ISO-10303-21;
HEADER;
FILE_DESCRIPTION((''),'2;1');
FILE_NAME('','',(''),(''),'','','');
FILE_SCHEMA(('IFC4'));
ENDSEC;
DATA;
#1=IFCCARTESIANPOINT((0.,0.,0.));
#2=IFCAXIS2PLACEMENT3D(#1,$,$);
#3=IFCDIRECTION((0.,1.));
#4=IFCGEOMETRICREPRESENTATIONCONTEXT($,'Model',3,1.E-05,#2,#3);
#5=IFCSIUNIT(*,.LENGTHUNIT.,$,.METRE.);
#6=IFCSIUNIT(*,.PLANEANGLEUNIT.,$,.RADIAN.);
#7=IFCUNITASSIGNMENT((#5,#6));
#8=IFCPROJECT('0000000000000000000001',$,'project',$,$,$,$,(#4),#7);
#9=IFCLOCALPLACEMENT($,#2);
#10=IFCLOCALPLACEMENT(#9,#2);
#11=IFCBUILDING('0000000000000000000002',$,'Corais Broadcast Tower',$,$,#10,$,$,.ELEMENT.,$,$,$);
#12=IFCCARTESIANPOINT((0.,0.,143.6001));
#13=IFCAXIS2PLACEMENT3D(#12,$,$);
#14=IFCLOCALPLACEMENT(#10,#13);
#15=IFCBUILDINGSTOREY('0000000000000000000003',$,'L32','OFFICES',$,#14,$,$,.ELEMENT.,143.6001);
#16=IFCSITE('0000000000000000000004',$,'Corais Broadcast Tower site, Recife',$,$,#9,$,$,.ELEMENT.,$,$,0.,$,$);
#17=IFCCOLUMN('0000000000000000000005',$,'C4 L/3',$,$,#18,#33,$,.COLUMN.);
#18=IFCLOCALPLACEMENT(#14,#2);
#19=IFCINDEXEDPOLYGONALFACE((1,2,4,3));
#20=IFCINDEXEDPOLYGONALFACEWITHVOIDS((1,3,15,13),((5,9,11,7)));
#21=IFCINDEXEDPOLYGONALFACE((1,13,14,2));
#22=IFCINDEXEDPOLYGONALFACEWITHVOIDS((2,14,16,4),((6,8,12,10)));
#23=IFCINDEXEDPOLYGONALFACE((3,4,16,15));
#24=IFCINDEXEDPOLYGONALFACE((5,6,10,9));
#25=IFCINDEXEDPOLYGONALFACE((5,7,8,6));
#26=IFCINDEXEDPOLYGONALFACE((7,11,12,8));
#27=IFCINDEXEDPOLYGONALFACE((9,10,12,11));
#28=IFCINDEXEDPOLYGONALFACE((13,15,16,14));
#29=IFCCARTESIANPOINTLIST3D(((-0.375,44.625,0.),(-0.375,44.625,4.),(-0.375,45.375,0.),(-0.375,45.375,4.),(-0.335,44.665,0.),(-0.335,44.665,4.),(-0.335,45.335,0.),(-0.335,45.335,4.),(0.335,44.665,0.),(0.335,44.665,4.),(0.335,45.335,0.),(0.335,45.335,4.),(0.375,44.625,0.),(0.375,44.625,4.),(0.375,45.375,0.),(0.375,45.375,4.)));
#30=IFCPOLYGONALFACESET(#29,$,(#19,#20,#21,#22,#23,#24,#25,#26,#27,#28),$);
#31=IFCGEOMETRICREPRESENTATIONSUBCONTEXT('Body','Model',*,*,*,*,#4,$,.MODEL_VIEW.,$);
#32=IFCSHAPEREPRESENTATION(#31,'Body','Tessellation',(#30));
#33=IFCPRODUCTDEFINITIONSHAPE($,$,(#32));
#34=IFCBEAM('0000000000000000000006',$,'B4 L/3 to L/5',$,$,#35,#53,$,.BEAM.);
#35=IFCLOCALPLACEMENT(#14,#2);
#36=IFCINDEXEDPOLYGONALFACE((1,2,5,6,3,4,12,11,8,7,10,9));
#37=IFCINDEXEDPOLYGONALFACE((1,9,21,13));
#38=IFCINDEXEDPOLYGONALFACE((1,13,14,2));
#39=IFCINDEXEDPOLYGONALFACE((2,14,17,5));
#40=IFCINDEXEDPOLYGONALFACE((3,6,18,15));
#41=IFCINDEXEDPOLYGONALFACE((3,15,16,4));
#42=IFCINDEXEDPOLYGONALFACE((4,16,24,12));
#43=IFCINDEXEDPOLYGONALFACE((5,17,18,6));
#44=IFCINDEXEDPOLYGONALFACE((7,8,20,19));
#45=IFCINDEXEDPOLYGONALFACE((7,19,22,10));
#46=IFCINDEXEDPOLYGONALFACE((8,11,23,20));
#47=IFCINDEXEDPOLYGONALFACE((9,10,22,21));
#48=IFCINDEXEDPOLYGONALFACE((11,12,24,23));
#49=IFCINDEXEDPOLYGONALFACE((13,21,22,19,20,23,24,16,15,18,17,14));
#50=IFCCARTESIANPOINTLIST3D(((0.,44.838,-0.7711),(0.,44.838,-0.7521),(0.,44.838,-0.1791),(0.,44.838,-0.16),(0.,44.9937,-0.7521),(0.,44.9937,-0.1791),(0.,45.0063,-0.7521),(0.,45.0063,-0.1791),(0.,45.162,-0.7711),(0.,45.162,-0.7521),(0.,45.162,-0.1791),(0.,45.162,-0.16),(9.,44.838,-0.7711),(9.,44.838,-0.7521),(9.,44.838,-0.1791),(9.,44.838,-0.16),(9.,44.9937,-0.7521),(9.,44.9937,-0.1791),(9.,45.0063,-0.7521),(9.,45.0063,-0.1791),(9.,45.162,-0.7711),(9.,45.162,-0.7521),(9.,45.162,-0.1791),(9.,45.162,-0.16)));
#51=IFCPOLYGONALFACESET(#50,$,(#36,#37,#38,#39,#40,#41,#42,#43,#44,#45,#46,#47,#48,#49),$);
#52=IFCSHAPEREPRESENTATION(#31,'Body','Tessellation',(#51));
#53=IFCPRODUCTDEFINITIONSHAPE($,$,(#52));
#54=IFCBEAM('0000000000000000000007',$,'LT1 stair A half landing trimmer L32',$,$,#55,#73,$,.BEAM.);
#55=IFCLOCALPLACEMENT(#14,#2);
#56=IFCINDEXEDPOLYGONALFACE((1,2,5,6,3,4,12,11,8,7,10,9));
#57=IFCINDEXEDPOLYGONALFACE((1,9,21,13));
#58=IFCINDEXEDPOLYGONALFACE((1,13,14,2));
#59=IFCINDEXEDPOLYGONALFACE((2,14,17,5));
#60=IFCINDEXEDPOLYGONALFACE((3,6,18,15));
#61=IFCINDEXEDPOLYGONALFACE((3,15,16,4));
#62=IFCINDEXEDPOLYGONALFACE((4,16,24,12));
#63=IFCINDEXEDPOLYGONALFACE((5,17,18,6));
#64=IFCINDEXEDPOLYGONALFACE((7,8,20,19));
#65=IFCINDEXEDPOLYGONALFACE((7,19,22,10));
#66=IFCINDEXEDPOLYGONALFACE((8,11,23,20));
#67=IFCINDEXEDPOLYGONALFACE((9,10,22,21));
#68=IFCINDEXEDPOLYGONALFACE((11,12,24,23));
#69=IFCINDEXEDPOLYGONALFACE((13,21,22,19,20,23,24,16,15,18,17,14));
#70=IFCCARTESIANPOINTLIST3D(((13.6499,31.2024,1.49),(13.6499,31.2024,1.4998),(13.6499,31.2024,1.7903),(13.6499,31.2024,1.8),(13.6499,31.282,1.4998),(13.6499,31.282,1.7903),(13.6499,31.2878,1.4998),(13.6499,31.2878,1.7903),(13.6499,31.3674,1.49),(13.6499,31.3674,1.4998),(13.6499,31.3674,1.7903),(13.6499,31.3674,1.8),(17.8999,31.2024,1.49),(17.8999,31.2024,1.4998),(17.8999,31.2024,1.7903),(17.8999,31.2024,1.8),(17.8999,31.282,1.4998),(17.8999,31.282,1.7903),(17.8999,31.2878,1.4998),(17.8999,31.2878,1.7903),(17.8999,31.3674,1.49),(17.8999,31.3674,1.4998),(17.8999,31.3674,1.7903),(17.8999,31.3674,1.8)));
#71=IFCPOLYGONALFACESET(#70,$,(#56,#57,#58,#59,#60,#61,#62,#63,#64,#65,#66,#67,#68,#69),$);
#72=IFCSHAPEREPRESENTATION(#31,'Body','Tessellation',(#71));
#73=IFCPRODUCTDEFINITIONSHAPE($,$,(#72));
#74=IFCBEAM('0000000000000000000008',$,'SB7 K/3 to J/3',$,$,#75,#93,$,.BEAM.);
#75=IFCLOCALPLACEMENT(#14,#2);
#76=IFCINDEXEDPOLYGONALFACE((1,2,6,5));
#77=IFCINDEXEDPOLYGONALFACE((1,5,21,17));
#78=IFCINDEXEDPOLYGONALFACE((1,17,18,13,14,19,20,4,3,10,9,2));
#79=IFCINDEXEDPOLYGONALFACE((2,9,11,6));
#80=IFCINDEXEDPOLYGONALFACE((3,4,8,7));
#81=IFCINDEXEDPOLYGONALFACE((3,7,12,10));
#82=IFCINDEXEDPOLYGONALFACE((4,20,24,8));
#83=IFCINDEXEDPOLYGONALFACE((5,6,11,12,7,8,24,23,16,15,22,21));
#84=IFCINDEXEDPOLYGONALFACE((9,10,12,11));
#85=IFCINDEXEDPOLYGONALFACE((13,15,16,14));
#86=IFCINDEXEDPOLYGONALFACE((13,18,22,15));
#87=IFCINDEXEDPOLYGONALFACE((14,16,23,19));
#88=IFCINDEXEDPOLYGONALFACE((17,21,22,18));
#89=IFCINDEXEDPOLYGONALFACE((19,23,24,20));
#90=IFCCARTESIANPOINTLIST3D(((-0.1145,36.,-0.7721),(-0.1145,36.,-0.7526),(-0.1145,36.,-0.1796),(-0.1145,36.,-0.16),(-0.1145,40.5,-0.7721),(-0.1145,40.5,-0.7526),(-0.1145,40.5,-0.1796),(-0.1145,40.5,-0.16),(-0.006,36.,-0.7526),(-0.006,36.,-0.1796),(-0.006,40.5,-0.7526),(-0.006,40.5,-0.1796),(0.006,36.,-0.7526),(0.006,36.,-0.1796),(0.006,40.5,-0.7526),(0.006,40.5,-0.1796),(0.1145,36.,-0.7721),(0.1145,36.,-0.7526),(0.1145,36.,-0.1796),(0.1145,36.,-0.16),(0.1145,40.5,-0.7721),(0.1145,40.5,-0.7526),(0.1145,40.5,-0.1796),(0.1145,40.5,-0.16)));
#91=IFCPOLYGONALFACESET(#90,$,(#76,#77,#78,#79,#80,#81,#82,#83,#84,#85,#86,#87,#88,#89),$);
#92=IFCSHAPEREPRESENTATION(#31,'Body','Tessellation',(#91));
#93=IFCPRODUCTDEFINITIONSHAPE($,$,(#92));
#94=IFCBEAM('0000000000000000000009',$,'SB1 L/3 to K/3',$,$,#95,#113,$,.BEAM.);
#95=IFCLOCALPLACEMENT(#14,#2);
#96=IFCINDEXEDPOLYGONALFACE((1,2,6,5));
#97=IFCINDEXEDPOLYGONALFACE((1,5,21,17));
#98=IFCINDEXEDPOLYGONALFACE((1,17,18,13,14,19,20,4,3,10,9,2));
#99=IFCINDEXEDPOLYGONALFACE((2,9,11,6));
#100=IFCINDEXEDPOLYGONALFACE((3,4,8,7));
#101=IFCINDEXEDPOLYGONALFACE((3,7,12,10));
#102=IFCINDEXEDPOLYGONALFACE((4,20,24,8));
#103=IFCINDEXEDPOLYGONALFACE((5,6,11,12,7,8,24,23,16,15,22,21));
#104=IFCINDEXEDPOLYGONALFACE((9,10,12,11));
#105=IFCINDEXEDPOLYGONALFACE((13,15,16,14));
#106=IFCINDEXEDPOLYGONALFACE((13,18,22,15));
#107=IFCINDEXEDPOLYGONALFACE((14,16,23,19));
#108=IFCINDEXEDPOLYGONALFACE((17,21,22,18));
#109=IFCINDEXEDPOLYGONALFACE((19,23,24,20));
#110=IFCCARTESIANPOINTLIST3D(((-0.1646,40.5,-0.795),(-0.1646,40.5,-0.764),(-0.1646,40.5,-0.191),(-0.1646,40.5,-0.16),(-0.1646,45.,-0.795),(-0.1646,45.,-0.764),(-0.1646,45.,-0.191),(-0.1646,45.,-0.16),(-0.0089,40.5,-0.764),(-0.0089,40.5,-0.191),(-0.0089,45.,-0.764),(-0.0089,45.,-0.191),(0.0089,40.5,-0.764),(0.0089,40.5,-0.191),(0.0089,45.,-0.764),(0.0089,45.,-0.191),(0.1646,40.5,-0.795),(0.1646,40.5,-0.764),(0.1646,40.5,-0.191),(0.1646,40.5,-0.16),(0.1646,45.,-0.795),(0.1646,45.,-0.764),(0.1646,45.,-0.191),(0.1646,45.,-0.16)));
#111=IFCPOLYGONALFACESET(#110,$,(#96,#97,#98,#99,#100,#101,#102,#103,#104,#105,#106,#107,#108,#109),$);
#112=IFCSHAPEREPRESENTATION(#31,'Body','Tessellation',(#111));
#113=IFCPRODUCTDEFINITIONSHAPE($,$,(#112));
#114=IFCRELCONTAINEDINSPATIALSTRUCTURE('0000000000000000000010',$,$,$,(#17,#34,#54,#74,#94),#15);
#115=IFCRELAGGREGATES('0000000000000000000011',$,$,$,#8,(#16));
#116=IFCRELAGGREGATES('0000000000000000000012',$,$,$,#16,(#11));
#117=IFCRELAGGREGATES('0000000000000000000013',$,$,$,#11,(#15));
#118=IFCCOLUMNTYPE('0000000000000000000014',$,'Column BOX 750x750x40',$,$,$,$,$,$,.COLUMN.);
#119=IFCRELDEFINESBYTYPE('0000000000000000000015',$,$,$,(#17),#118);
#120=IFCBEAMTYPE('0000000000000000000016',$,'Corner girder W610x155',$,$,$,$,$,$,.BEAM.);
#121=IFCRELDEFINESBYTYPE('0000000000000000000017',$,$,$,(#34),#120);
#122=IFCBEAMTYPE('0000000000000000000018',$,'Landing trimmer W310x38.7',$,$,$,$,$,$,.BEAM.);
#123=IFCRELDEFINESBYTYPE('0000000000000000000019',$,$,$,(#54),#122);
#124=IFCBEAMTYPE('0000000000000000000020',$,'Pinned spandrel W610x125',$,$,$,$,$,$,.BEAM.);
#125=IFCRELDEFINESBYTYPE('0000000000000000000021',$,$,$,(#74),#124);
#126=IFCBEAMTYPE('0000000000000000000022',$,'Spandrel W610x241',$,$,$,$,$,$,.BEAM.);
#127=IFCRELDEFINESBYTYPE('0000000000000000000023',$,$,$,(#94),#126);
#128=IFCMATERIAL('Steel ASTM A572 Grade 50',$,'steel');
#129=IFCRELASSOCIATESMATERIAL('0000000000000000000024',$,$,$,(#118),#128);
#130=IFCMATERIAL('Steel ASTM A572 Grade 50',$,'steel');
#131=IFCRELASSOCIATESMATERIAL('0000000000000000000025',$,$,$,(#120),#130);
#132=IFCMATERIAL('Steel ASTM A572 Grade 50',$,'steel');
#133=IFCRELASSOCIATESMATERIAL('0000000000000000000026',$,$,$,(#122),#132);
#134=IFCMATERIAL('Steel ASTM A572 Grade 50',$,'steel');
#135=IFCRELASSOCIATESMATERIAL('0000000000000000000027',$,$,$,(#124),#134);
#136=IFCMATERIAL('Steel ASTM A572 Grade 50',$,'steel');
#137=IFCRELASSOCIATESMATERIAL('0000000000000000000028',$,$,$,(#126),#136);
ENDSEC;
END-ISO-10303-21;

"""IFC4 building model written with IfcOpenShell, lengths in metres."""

from ifc_helpers import new_model, si_unit, direction, frame, origin, origin_2d, place, context, subcontext, project, spatial, hollow_rectangle, i_section, extrude, material, material_profile, profile_set, type_object, element, save


model = new_model("IFC4")

# Units and contexts
model_context = context("Model", 3, precision=1e-05, world=origin(), true_north=direction((0.0, 1.0)))
body_context = subcontext(model_context, "Body", "Model", "MODEL_VIEW")
ifc_project = project(units=[si_unit("LENGTHUNIT", "METRE"), si_unit("PLANEANGLEUNIT", "RADIAN")], contexts=[model_context])

# Site, building, storey
site_placement = place(None, origin())
site = spatial("IfcSite", under=ifc_project, at=site_placement, Name="Corais Broadcast Tower site, Recife", CompositionType="ELEMENT", RefElevation=0.0)
building_placement = place(site_placement, origin())
building = spatial("IfcBuilding", under=site, at=building_placement, Name="Corais Broadcast Tower", CompositionType="ELEMENT")
storey_placement = place(building_placement, frame((0.0, 0.0, 143.6001)))
storey = spatial("IfcBuildingStorey", under=building, at=storey_placement, Name="L32", Description="OFFICES", CompositionType="ELEMENT", Elevation=143.6001)

# Column
ifc_material_1 = material(Name="Steel ASTM A572 Grade 50", Category="steel")
ifc_material_profile_1 = material_profile(ifc_material_1, hollow_rectangle(XDim=0.75, YDim=0.75, WallThickness=0.04, at=origin_2d()), Name="BOX 750x750x40")
ifc_profile_set_1 = profile_set([ifc_material_profile_1], Name="Steel ASTM A572 Grade 50")
column_type = type_object("IfcColumnType", Name="Column BOX 750x750x40", PredefinedType="COLUMN", material=ifc_profile_set_1)
column_placement = place(storey_placement, frame((0.0, 45.0, 0.0), z_axis=(0.0, 0.0, 1.0), x_axis=(1.0, 0.0, 0.0)))
element("IfcColumn", 1, at=column_placement, inside=storey, type_object=column_type, Name="C4 L/3", PredefinedType="COLUMN", context=body_context, shape_type="SweptSolid", body=[
    extrude(hollow_rectangle(XDim=0.75, YDim=0.75, WallThickness=0.04, at=origin_2d()), origin(), (0.0, 0.0, 1.0), 4.0),
])

# Beams
ifc_material_2 = material(Name="Steel ASTM A572 Grade 50", Category="steel")
ifc_material_profile_2 = material_profile(ifc_material_2, i_section(OverallWidth=0.324, OverallDepth=0.6111, WebThickness=0.0127, FlangeThickness=0.019, at=origin_2d()), Name="W610x155")
ifc_profile_set_2 = profile_set([ifc_material_profile_2], Name="Steel ASTM A572 Grade 50")
beam_type_1 = type_object("IfcBeamType", Name="Corner girder W610x155", PredefinedType="BEAM", material=ifc_profile_set_2)
beam_1_placement = place(storey_placement, frame((0.0, 45.0, -0.4656), z_axis=(1.0, 0.0, 0.0), x_axis=(0.0, 1.0, 0.0)))
element("IfcBeam", 2, at=beam_1_placement, inside=storey, type_object=beam_type_1, Name="B4 L/3 to L/5", PredefinedType="BEAM", context=body_context, shape_type="SweptSolid", body=[
    extrude(i_section(OverallWidth=0.324, OverallDepth=0.6111, WebThickness=0.0127, FlangeThickness=0.019, at=origin_2d()), origin(), (0.0, 0.0, 1.0), 9.0),
])
ifc_material_3 = material(Name="Steel ASTM A572 Grade 50", Category="steel")
ifc_material_profile_3 = material_profile(ifc_material_3, i_section(OverallWidth=0.165, OverallDepth=0.3101, WebThickness=0.0059, FlangeThickness=0.0098, at=origin_2d()), Name="W310x38.7")
ifc_profile_set_3 = profile_set([ifc_material_profile_3], Name="Steel ASTM A572 Grade 50")
beam_type_2 = type_object("IfcBeamType", Name="Landing trimmer W310x38.7", PredefinedType="BEAM", material=ifc_profile_set_3)
beam_2_placement = place(storey_placement, frame((13.6499, 31.2849, 1.645), z_axis=(1.0, 0.0, 0.0), x_axis=(0.0, 1.0, 0.0)))
element("IfcBeam", 3, at=beam_2_placement, inside=storey, type_object=beam_type_2, Name="LT1 stair A half landing trimmer L32", PredefinedType="BEAM", context=body_context, shape_type="SweptSolid", body=[
    extrude(i_section(OverallWidth=0.165, OverallDepth=0.3101, WebThickness=0.0059, FlangeThickness=0.0098, at=origin_2d()), origin(), (0.0, 0.0, 1.0), 4.25),
])
ifc_material_4 = material(Name="Steel ASTM A572 Grade 50", Category="steel")
ifc_material_profile_4 = material_profile(ifc_material_4, i_section(OverallWidth=0.229, OverallDepth=0.6121, WebThickness=0.012, FlangeThickness=0.0195, at=origin_2d()), Name="W610x125")
ifc_profile_set_4 = profile_set([ifc_material_profile_4], Name="Steel ASTM A572 Grade 50")
beam_type_3 = type_object("IfcBeamType", Name="Pinned spandrel W610x125", PredefinedType="BEAM", material=ifc_profile_set_4)
beam_3_placement = place(storey_placement, frame((0.0, 40.5, -0.4661), z_axis=(0.0, -1.0, 0.0), x_axis=(1.0, 0.0, 0.0)))
element("IfcBeam", 4, at=beam_3_placement, inside=storey, type_object=beam_type_3, Name="SB7 K/3 to J/3", PredefinedType="BEAM", context=body_context, shape_type="SweptSolid", body=[
    extrude(i_section(OverallWidth=0.229, OverallDepth=0.6121, WebThickness=0.012, FlangeThickness=0.0195, at=origin_2d()), origin(), (0.0, 0.0, 1.0), 4.5),
])
ifc_material_5 = material(Name="Steel ASTM A572 Grade 50", Category="steel")
ifc_material_profile_5 = material_profile(ifc_material_5, i_section(OverallWidth=0.3291, OverallDepth=0.635, WebThickness=0.0178, FlangeThickness=0.031, at=origin_2d()), Name="W610x241")
ifc_profile_set_5 = profile_set([ifc_material_profile_5], Name="Steel ASTM A572 Grade 50")
beam_type_4 = type_object("IfcBeamType", Name="Spandrel W610x241", PredefinedType="BEAM", material=ifc_profile_set_5)
beam_4_placement = place(storey_placement, frame((0.0, 45.0, -0.4775), z_axis=(0.0, -1.0, 0.0), x_axis=(1.0, 0.0, 0.0)))
element("IfcBeam", 5, at=beam_4_placement, inside=storey, type_object=beam_type_4, Name="SB1 L/3 to K/3", PredefinedType="BEAM", context=body_context, shape_type="SweptSolid", body=[
    extrude(i_section(OverallWidth=0.3291, OverallDepth=0.635, WebThickness=0.0178, FlangeThickness=0.031, at=origin_2d()), origin(), (0.0, 0.0, 1.0), 4.5),
])

save(model, "model.ifc")
